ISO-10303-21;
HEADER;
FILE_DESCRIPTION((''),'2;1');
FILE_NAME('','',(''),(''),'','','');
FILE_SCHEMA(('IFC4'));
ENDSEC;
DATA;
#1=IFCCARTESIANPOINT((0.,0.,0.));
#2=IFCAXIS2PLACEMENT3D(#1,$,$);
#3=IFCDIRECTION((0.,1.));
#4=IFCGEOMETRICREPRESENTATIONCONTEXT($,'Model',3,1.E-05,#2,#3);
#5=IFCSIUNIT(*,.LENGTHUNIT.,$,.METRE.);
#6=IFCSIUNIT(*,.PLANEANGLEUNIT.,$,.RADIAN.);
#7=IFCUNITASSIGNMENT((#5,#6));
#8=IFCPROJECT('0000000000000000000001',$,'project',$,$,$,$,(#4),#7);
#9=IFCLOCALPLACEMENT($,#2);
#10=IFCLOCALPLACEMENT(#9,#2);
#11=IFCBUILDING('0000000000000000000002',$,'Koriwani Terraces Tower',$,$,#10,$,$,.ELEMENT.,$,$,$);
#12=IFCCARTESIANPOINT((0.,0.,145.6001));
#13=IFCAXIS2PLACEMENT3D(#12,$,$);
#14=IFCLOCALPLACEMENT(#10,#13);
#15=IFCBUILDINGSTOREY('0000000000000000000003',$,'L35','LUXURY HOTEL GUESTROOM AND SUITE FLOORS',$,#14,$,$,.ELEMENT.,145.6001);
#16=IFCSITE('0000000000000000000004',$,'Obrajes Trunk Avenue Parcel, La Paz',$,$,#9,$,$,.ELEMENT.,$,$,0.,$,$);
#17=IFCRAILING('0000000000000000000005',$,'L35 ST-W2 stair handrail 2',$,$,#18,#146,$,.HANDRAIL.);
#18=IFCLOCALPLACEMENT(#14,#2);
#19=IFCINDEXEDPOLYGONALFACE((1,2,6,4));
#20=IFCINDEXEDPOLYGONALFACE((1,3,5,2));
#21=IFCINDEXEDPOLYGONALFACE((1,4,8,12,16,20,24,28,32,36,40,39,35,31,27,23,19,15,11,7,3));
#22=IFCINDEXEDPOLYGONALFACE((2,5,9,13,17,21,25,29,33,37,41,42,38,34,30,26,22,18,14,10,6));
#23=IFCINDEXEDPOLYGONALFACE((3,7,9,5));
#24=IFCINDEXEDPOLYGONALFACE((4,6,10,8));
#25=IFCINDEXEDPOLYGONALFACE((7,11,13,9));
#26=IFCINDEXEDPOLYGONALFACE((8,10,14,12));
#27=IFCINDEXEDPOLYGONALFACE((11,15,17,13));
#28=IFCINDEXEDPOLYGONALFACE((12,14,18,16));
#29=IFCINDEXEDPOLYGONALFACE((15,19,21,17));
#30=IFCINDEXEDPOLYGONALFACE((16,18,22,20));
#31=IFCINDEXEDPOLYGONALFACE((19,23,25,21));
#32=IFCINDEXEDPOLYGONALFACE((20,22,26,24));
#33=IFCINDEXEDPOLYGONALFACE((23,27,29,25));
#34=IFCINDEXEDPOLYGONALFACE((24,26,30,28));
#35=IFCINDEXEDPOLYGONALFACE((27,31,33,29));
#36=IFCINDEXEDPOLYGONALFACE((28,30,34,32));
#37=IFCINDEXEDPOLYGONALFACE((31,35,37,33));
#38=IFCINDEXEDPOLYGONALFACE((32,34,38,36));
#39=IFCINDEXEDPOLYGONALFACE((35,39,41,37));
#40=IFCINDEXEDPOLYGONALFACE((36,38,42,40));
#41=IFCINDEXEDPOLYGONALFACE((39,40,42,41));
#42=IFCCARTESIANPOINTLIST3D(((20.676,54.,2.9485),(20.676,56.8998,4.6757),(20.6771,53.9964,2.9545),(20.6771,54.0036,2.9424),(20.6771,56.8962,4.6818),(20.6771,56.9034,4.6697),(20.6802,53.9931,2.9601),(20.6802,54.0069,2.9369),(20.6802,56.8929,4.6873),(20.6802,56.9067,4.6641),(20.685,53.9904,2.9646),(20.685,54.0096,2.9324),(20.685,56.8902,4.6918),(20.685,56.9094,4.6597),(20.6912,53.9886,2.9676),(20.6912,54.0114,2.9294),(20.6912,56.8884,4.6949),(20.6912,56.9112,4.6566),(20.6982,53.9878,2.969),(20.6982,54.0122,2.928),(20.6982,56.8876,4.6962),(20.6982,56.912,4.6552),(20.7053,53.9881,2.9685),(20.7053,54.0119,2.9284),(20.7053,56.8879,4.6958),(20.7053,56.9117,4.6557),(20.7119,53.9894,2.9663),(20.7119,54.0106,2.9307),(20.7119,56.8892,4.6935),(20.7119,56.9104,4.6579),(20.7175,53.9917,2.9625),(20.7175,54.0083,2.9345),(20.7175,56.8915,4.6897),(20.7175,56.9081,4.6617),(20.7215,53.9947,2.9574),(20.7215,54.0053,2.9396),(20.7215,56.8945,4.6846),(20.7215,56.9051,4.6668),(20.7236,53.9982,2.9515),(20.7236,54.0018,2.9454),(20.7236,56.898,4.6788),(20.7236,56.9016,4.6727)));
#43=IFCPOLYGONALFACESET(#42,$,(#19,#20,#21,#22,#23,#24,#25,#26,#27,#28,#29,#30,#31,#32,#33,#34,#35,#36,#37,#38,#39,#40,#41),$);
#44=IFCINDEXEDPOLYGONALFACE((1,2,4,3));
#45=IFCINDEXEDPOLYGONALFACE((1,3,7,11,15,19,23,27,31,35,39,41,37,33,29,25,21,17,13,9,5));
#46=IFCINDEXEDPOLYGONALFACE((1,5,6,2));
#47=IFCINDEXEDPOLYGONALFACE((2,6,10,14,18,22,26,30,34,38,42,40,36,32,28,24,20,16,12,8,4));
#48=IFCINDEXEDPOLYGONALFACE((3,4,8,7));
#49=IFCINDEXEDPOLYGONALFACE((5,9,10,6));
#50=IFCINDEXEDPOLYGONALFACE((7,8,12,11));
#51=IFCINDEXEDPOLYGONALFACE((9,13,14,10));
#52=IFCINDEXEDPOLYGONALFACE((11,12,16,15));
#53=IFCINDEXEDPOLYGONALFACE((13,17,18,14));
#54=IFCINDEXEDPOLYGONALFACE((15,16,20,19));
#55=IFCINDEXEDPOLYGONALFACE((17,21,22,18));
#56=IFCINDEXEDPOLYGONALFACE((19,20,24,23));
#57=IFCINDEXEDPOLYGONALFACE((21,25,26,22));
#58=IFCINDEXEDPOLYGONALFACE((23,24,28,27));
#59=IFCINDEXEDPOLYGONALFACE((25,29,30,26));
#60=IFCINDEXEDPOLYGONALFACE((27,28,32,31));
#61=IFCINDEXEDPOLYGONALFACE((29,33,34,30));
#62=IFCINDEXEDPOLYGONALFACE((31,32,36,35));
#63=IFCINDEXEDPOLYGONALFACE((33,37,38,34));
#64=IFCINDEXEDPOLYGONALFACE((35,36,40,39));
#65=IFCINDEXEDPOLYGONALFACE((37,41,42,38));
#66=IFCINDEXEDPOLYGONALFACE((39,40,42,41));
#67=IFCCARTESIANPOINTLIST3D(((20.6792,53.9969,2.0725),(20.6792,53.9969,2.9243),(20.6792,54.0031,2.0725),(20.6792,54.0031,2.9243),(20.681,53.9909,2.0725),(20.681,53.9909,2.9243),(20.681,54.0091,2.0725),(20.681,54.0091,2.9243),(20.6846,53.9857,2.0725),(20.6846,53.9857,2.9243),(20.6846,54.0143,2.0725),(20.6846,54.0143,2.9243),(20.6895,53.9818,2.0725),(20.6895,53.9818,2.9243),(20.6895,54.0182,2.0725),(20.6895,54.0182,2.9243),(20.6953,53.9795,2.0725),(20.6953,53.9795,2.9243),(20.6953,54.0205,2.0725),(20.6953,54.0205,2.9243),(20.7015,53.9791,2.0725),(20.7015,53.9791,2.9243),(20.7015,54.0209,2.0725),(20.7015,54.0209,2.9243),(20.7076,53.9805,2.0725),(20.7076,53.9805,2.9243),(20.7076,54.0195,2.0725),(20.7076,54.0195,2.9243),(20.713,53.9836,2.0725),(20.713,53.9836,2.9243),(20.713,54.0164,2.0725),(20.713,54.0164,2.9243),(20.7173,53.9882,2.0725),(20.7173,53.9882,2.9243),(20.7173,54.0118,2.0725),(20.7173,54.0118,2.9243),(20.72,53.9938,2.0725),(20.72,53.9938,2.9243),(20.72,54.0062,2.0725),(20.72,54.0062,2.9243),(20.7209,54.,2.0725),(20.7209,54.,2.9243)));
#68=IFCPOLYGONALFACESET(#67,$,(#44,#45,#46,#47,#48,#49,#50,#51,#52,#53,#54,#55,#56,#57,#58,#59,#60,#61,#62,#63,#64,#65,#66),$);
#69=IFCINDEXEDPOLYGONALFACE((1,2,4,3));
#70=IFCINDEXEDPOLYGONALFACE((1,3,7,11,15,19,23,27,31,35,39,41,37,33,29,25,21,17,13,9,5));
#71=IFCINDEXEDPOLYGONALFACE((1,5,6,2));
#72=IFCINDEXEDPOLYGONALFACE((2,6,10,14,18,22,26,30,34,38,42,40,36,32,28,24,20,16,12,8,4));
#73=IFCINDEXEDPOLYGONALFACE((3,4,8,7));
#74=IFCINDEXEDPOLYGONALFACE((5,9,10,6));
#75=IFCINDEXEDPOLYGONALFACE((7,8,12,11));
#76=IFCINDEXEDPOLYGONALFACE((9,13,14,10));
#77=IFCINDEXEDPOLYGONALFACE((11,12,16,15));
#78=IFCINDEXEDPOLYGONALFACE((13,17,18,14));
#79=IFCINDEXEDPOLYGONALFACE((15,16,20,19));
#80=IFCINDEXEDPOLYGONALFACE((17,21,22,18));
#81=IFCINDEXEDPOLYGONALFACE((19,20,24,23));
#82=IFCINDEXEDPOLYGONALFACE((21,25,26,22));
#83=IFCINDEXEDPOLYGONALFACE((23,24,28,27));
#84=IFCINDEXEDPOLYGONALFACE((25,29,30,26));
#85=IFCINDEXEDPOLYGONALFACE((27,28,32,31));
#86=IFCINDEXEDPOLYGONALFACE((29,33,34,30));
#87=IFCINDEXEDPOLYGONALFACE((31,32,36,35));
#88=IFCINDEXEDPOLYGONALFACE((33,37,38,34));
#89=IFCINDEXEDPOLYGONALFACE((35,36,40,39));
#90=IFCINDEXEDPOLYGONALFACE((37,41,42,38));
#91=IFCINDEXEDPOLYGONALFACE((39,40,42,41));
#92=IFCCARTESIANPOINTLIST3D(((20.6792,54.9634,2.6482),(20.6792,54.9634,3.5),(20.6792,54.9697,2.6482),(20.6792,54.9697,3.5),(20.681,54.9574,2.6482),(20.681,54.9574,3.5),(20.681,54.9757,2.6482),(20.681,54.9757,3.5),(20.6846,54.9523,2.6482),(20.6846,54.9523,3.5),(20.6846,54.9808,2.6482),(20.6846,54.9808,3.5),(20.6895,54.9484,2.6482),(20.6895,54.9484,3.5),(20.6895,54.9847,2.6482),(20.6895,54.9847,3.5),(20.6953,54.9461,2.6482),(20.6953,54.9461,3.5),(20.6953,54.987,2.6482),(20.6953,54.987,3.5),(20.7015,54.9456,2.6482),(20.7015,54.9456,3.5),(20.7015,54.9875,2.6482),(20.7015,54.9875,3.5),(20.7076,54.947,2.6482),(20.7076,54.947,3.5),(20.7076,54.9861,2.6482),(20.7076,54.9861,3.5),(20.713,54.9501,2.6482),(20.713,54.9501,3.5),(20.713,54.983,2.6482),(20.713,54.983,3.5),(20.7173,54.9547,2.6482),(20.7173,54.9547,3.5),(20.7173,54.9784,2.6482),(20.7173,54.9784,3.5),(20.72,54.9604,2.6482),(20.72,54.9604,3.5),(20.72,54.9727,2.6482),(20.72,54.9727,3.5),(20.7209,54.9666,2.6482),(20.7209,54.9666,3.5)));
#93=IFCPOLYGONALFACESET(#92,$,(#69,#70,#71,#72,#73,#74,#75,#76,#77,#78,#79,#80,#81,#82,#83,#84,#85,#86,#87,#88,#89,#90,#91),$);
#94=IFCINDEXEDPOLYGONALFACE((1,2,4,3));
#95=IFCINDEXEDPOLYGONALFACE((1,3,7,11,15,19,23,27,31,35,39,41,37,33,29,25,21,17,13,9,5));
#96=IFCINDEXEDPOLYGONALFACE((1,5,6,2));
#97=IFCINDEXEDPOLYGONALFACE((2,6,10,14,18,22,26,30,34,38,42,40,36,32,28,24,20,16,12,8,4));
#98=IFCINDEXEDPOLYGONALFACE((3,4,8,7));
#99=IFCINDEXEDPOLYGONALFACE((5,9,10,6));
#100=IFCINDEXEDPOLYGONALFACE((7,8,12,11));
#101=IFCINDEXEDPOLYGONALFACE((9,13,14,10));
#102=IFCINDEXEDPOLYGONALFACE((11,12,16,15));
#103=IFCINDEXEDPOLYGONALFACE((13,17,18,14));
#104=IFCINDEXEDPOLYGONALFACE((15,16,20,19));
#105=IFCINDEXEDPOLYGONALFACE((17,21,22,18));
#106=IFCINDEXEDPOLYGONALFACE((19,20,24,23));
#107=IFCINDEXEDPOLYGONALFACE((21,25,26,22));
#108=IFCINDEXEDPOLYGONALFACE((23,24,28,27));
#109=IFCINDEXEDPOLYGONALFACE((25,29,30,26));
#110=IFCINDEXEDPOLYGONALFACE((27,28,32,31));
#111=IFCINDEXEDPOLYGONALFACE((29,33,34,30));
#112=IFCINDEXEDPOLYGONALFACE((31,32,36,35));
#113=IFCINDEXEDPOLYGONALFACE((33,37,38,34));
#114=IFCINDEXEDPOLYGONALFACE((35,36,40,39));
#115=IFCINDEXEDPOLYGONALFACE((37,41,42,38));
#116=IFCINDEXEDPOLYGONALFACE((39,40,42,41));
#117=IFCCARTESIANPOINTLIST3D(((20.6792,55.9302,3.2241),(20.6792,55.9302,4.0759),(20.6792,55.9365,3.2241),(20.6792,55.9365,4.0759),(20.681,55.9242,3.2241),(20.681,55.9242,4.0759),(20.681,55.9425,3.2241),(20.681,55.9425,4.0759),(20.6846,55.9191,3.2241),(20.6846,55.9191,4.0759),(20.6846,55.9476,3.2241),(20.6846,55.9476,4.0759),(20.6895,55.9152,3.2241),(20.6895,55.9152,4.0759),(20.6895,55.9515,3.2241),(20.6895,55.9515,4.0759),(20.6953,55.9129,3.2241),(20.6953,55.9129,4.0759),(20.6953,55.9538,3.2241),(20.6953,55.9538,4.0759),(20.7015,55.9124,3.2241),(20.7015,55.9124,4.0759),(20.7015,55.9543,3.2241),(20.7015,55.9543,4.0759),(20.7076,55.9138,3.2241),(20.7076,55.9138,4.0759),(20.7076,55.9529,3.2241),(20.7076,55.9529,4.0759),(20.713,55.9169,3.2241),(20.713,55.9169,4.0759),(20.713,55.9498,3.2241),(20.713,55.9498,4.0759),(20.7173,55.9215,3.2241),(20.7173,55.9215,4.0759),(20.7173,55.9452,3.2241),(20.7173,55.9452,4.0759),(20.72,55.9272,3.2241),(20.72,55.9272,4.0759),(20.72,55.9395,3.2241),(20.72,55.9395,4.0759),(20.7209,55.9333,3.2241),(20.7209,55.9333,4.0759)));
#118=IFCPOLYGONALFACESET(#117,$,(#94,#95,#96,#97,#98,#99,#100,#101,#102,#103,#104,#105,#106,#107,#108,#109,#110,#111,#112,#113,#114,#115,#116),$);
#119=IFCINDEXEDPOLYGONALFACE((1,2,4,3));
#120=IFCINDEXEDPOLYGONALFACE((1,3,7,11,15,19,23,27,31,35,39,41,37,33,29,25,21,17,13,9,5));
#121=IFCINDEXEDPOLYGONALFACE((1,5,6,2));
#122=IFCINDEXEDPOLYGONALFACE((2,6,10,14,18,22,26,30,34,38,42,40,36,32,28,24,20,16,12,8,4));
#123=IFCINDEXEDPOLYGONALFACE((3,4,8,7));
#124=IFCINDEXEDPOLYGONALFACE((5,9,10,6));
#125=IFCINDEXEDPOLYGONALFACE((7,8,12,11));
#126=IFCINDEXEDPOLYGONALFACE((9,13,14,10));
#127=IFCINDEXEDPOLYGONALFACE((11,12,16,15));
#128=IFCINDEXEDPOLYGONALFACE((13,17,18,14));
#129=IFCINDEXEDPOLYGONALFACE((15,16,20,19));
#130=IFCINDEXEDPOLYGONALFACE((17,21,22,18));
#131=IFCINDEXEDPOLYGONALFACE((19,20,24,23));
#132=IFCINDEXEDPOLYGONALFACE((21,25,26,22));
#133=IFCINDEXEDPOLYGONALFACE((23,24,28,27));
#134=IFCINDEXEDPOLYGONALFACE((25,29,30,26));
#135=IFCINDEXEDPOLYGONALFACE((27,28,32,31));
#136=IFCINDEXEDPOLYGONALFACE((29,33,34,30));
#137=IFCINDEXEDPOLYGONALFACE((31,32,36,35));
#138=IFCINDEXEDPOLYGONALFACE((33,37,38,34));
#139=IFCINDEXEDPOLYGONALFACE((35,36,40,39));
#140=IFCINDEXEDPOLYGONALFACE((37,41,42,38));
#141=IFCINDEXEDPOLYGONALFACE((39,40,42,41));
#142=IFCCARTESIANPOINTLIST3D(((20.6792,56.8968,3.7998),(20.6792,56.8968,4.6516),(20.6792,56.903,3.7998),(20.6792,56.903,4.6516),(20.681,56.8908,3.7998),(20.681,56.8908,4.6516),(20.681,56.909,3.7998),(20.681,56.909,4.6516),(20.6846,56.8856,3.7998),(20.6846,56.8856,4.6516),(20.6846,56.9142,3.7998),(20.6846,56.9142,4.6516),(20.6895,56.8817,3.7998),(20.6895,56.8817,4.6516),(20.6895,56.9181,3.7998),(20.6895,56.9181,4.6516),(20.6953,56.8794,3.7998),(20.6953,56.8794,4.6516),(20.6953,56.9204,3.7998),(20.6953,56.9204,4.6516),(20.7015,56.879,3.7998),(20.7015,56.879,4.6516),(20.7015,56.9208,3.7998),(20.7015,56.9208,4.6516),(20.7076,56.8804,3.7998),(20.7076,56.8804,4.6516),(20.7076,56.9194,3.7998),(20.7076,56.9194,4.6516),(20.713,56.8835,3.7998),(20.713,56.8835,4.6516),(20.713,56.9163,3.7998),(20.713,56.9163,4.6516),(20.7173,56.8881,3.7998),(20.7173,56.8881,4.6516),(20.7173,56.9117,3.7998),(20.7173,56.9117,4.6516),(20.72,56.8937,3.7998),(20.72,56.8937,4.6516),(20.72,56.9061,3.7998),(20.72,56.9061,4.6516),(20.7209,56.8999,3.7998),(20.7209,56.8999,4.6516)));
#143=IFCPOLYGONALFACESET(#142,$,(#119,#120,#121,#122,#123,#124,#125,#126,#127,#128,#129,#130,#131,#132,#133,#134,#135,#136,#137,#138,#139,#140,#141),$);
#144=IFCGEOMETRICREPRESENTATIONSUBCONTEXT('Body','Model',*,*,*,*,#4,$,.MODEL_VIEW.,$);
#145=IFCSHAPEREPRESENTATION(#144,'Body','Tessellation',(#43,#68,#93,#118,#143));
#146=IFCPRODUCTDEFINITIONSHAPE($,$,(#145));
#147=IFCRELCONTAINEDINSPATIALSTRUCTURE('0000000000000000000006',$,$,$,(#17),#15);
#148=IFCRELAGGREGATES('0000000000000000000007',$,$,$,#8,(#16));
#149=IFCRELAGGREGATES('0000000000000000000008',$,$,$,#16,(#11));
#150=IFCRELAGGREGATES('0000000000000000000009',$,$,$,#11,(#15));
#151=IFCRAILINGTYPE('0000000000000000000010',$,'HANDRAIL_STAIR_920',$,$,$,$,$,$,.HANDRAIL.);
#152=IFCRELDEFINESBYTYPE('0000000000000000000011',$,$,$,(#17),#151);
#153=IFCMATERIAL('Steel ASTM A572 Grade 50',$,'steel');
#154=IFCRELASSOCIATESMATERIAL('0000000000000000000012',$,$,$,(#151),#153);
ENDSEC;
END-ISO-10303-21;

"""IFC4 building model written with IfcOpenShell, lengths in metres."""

from ifc_helpers import new_model, si_unit, direction, frame, origin, origin_2d, place, context, subcontext, project, spatial, circle, extrude, material, type_object, element, save


model = new_model("IFC4")

# Units and contexts
model_context = context("Model", 3, precision=1e-05, world=origin(), true_north=direction((0.0, 1.0)))
body_context = subcontext(model_context, "Body", "Model", "MODEL_VIEW")
ifc_project = project(units=[si_unit("LENGTHUNIT", "METRE"), si_unit("PLANEANGLEUNIT", "RADIAN")], contexts=[model_context])

# Site, building, storey
site_placement = place(None, origin())
site = spatial("IfcSite", under=ifc_project, at=site_placement, Name="Obrajes Trunk Avenue Parcel, La Paz", CompositionType="ELEMENT", RefElevation=0.0)
building_placement = place(site_placement, origin())
building = spatial("IfcBuilding", under=site, at=building_placement, Name="Koriwani Terraces Tower", CompositionType="ELEMENT")
storey_placement = place(building_placement, frame((0.0, 0.0, 145.6001)))
storey = spatial("IfcBuildingStorey", under=building, at=storey_placement, Name="L35", Description="LUXURY HOTEL GUESTROOM AND SUITE FLOORS", CompositionType="ELEMENT", Elevation=145.6001)

# Shared definitions
ifc_material_1 = material(Name="Steel ASTM A572 Grade 50", Category="steel")

# Railing
railing_type_1 = type_object("IfcRailingType", Name="HANDRAIL_STAIR_920", PredefinedType="HANDRAIL", material=ifc_material_1)
railing_1_placement = place(storey_placement, frame((20.7, 54.0, 2.0725)))
element("IfcRailing", 1, at=railing_1_placement, inside=storey, type_object=railing_type_1, Name="L35 ST-W2 stair handrail 2", PredefinedType="HANDRAIL", context=body_context, shape_type="SweptSolid", body=[
    extrude(circle(Radius=0.0239, at=origin_2d()), frame((0.0, 0.0, 0.876), z_axis=(0.0, 0.859141, 0.511738), x_axis=(-1.0, 0.0, 0.0)), (0.0, 0.0, 1.0), 3.3752),
    extrude(circle(Radius=0.021, at=origin_2d()), origin(), (0.0, 0.0, 1.0), 0.8518),
    extrude(circle(Radius=0.021, at=origin_2d()), frame((0.0, 0.9666, 0.5757)), (0.0, 0.0, 1.0), 0.8518),
    extrude(circle(Radius=0.021, at=origin_2d()), frame((0.0, 1.9333, 1.1516)), (0.0, 0.0, 1.0), 0.8518),
    extrude(circle(Radius=0.021, at=origin_2d()), frame((0.0, 2.8999, 1.7273)), (0.0, 0.0, 1.0), 0.8518),
])

save(model, "model.ifc")
